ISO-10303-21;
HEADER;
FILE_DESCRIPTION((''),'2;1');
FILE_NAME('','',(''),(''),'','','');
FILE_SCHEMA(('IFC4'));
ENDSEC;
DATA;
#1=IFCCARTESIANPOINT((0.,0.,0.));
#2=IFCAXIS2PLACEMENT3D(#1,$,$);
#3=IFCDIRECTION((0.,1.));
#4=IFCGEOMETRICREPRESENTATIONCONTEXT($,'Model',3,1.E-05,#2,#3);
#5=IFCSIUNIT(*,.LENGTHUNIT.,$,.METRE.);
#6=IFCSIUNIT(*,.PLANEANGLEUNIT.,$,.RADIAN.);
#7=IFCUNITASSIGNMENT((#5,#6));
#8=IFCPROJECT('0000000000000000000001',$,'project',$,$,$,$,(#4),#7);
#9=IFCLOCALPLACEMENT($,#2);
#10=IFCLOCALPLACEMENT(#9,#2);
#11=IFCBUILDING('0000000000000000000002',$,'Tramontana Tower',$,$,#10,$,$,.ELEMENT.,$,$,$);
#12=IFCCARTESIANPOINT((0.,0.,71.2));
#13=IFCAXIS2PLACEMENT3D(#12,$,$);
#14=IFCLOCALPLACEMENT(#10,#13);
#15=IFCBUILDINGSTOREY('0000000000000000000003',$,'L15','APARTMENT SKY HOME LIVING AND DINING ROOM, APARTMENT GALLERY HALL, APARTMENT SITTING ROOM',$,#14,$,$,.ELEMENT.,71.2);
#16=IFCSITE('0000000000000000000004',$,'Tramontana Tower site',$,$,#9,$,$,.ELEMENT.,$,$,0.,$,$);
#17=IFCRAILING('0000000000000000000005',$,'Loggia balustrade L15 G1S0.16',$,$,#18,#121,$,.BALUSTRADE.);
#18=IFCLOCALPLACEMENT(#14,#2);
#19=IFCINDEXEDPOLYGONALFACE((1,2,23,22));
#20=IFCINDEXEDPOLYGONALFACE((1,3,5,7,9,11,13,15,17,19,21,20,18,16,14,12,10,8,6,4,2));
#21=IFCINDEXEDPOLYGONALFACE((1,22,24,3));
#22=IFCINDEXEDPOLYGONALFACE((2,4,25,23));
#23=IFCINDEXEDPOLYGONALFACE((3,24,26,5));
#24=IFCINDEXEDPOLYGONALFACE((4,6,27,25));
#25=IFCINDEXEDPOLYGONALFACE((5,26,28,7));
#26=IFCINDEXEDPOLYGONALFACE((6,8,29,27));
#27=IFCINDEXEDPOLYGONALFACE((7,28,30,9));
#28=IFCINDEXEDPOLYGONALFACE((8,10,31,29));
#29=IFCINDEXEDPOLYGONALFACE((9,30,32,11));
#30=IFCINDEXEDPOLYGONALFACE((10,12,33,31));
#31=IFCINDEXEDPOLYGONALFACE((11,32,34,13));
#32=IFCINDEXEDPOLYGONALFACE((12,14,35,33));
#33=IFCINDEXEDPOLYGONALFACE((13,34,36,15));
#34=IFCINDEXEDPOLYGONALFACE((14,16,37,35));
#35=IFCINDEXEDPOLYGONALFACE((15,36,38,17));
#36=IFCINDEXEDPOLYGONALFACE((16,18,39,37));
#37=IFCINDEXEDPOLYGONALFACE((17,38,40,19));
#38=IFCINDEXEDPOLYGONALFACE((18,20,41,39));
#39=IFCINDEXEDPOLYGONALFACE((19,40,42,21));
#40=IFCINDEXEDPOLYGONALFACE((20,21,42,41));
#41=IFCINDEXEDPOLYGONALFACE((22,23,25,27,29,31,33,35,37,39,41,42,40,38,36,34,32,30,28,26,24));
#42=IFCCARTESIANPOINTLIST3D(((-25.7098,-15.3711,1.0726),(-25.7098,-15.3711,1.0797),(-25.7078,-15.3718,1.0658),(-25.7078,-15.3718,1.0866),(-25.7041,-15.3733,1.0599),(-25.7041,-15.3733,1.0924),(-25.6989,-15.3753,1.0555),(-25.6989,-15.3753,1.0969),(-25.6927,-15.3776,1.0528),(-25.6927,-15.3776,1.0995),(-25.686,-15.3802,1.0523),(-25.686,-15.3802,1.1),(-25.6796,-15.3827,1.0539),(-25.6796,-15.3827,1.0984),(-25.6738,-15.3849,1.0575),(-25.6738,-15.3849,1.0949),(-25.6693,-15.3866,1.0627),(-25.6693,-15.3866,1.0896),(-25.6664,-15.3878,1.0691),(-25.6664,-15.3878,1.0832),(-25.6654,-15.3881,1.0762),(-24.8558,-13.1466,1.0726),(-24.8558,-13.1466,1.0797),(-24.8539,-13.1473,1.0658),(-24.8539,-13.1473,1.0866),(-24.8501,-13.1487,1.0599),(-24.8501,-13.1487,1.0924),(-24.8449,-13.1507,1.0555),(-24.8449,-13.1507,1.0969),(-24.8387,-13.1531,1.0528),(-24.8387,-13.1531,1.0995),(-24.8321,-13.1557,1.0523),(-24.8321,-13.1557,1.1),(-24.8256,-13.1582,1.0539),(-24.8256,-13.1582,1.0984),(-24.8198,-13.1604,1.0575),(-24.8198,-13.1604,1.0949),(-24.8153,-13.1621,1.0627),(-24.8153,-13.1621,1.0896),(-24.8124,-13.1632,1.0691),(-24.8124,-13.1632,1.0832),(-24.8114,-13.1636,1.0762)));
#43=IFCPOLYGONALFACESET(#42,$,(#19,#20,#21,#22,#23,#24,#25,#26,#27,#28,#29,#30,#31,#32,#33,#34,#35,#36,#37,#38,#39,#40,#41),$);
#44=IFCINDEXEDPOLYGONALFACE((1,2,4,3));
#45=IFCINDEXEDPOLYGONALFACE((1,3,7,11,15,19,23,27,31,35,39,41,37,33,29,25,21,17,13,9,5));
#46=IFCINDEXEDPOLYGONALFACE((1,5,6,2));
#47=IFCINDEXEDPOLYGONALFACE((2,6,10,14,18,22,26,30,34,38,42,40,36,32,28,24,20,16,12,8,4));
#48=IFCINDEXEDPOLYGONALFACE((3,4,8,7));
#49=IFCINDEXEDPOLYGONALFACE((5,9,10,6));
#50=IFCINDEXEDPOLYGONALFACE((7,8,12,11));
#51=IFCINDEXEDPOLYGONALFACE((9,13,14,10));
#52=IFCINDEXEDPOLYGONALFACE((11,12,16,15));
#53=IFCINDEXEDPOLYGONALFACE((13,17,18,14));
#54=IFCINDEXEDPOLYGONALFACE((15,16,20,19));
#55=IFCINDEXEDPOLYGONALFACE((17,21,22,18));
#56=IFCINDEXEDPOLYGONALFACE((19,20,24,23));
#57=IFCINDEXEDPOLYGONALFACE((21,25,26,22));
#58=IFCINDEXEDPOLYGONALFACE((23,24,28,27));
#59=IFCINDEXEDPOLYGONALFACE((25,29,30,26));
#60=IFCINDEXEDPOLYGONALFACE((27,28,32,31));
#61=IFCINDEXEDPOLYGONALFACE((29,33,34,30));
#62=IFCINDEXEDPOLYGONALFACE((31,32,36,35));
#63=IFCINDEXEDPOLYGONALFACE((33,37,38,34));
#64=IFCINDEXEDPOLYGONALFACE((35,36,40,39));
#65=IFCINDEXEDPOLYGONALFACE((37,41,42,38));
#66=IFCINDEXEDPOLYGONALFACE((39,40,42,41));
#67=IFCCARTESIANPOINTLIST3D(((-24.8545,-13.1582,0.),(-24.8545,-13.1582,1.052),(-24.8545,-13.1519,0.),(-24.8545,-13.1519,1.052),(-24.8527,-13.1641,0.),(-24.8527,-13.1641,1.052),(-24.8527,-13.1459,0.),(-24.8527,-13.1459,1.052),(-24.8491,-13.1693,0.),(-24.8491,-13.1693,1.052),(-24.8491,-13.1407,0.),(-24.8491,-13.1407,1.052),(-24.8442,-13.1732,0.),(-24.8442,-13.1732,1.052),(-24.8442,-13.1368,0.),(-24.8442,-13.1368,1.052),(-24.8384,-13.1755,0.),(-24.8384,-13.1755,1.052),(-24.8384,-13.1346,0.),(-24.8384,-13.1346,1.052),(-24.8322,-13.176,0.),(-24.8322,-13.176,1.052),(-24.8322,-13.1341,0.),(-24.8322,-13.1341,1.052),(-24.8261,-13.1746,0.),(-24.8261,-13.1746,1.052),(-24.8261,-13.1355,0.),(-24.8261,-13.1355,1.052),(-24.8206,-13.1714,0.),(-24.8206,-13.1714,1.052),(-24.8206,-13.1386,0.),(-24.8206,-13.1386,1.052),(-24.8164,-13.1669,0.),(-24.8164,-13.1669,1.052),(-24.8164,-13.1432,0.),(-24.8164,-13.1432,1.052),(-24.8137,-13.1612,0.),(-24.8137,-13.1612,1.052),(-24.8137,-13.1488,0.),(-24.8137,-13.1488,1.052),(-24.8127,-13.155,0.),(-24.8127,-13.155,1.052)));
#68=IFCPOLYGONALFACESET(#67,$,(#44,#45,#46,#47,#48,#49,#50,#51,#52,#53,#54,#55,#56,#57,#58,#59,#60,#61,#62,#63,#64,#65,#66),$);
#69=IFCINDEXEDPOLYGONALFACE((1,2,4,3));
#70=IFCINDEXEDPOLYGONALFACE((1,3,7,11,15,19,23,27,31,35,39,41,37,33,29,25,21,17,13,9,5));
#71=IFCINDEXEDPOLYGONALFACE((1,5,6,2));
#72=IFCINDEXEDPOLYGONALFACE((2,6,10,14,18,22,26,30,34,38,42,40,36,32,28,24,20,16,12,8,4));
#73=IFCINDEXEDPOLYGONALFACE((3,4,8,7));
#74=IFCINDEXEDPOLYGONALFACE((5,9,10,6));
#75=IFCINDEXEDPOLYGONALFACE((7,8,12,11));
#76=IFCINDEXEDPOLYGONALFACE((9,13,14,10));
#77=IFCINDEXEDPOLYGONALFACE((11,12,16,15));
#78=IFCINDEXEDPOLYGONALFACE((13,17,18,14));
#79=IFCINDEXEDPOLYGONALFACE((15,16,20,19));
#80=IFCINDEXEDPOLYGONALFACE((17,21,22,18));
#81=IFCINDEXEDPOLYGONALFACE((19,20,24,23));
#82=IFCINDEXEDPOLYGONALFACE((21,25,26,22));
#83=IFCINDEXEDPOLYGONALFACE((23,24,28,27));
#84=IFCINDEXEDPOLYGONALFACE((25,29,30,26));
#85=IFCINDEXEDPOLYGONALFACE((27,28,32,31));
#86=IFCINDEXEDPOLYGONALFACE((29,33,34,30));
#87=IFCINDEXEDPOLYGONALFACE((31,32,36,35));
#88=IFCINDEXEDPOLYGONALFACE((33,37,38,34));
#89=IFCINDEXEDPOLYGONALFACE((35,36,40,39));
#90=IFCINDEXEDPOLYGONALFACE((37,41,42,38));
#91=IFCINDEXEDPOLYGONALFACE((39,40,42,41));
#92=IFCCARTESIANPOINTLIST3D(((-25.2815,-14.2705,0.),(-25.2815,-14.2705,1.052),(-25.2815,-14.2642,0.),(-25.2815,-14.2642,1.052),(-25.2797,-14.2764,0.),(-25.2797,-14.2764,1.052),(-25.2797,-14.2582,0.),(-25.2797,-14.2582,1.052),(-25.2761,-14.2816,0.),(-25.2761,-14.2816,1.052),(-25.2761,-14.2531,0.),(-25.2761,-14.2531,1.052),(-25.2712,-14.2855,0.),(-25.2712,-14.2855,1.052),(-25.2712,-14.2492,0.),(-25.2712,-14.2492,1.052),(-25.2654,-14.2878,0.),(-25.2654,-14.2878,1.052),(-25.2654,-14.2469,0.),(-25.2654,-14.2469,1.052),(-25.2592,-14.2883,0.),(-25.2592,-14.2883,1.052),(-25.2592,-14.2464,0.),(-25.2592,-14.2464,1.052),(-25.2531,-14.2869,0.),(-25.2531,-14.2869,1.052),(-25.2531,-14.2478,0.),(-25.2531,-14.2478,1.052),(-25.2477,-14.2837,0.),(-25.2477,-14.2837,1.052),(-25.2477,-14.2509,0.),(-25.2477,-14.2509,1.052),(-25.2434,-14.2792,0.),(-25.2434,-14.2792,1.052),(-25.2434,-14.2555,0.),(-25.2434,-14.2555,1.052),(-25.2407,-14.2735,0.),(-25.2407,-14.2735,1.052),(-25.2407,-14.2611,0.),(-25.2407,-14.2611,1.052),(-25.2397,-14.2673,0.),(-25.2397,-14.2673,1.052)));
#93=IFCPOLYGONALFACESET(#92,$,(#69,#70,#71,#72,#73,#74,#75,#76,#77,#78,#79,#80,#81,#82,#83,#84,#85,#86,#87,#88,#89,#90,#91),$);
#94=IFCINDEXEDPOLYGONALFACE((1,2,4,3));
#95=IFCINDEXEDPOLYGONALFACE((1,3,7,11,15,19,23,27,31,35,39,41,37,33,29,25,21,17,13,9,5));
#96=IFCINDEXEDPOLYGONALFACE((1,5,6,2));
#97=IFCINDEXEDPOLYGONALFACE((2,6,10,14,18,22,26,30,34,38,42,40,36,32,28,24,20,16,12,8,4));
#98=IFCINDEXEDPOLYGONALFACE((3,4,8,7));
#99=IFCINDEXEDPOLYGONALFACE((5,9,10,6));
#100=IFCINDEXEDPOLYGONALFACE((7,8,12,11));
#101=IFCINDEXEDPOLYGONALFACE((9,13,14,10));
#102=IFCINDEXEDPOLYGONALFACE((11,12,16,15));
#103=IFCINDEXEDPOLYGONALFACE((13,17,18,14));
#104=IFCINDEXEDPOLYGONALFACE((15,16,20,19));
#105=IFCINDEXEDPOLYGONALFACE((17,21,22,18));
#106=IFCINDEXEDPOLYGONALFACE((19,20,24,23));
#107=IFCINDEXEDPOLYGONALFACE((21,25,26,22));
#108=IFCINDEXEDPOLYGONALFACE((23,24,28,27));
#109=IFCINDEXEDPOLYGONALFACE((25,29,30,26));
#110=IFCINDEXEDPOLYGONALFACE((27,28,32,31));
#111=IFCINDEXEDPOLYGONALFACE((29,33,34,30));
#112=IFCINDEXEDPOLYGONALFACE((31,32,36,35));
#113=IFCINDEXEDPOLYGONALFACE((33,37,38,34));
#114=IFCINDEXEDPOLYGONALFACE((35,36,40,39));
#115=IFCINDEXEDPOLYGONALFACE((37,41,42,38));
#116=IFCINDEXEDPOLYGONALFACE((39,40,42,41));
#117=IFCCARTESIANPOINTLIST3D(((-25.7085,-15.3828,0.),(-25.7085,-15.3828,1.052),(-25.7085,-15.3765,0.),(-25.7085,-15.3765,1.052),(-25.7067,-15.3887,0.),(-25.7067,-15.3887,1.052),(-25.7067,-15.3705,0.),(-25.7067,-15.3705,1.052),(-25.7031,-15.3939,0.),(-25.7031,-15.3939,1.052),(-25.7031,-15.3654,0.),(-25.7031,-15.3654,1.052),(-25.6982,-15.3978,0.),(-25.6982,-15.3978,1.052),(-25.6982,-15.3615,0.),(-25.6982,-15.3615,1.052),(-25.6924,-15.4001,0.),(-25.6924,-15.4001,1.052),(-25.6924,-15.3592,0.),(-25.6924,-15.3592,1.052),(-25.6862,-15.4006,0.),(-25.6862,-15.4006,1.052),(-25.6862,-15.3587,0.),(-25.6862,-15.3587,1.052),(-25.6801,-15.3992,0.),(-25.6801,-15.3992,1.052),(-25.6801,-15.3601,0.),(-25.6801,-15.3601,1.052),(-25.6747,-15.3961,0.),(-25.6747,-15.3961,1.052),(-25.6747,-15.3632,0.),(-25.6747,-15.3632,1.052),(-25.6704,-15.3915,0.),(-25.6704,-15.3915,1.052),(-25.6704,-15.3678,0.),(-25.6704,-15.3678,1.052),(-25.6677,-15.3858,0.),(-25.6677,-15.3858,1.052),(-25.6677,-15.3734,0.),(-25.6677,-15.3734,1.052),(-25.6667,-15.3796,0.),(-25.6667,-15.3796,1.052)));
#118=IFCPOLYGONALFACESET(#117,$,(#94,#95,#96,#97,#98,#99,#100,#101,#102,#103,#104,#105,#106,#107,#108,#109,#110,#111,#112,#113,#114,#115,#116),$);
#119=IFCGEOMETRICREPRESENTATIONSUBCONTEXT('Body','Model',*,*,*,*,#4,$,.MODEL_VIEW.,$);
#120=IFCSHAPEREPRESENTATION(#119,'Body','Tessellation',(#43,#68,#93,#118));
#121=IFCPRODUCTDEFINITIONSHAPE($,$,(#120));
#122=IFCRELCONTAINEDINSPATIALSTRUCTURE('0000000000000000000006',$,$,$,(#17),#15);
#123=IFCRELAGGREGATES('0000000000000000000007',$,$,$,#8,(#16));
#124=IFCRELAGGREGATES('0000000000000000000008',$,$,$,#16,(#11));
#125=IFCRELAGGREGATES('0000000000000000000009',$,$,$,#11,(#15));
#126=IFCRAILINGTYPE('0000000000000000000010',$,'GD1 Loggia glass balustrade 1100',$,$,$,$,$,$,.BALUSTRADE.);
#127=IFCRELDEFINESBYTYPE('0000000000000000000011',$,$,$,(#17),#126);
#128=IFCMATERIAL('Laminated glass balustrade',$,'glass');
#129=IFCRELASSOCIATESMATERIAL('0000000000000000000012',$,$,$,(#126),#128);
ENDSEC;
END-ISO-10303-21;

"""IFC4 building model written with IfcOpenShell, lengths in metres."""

from ifc_helpers import new_model, si_unit, direction, frame, origin, origin_2d, place, context, subcontext, project, spatial, circle, extrude, material, type_object, element, save


model = new_model("IFC4")

# Units and contexts
model_context = context("Model", 3, precision=1e-05, world=origin(), true_north=direction((0.0, 1.0)))
body_context = subcontext(model_context, "Body", "Model", "MODEL_VIEW")
ifc_project = project(units=[si_unit("LENGTHUNIT", "METRE"), si_unit("PLANEANGLEUNIT", "RADIAN")], contexts=[model_context])

# Site, building, storey
site_placement = place(None, origin())
site = spatial("IfcSite", under=ifc_project, at=site_placement, Name="Tramontana Tower site", CompositionType="ELEMENT", RefElevation=0.0)
building_placement = place(site_placement, origin())
building = spatial("IfcBuilding", under=site, at=building_placement, Name="Tramontana Tower", CompositionType="ELEMENT")
storey_placement = place(building_placement, frame((0.0, 0.0, 71.2)))
storey = spatial("IfcBuildingStorey", under=building, at=storey_placement, Name="L15", Description="APARTMENT SKY HOME LIVING AND DINING ROOM, APARTMENT GALLERY HALL, APARTMENT SITTING ROOM", CompositionType="ELEMENT", Elevation=71.2)

# Railing
ifc_material_1 = material(Name="Laminated glass balustrade", Category="glass")
railing_type = type_object("IfcRailingType", Name="GD1 Loggia glass balustrade 1100", PredefinedType="BALUSTRADE", material=ifc_material_1)
railing_1_placement = place(storey_placement, frame((-24.8337, -13.155, 0.0)))
element("IfcRailing", 1, at=railing_1_placement, inside=storey, type_object=railing_type, Name="Loggia balustrade L15 G1S0.16", PredefinedType="BALUSTRADE", context=body_context, shape_type="SweptSolid", body=[
    extrude(circle(Radius=0.0239, at=origin_2d()), frame((0.0, 0.0, 1.0762), z_axis=(-0.358389, -0.933573, 0.0), x_axis=(0.933573, -0.358389, 0.0)), (0.0, 0.0, 1.0), 2.3828),
    extrude(circle(Radius=0.021, at=origin_2d()), origin(), (0.0, 0.0, 1.0), 1.052),
    extrude(circle(Radius=0.021, at=origin_2d()), frame((-0.427, -1.1123, 0.0)), (0.0, 0.0, 1.0), 1.052),
    extrude(circle(Radius=0.021, at=origin_2d()), frame((-0.854, -2.2246, 0.0)), (0.0, 0.0, 1.0), 1.052),
])

save(model, "model.ifc")
